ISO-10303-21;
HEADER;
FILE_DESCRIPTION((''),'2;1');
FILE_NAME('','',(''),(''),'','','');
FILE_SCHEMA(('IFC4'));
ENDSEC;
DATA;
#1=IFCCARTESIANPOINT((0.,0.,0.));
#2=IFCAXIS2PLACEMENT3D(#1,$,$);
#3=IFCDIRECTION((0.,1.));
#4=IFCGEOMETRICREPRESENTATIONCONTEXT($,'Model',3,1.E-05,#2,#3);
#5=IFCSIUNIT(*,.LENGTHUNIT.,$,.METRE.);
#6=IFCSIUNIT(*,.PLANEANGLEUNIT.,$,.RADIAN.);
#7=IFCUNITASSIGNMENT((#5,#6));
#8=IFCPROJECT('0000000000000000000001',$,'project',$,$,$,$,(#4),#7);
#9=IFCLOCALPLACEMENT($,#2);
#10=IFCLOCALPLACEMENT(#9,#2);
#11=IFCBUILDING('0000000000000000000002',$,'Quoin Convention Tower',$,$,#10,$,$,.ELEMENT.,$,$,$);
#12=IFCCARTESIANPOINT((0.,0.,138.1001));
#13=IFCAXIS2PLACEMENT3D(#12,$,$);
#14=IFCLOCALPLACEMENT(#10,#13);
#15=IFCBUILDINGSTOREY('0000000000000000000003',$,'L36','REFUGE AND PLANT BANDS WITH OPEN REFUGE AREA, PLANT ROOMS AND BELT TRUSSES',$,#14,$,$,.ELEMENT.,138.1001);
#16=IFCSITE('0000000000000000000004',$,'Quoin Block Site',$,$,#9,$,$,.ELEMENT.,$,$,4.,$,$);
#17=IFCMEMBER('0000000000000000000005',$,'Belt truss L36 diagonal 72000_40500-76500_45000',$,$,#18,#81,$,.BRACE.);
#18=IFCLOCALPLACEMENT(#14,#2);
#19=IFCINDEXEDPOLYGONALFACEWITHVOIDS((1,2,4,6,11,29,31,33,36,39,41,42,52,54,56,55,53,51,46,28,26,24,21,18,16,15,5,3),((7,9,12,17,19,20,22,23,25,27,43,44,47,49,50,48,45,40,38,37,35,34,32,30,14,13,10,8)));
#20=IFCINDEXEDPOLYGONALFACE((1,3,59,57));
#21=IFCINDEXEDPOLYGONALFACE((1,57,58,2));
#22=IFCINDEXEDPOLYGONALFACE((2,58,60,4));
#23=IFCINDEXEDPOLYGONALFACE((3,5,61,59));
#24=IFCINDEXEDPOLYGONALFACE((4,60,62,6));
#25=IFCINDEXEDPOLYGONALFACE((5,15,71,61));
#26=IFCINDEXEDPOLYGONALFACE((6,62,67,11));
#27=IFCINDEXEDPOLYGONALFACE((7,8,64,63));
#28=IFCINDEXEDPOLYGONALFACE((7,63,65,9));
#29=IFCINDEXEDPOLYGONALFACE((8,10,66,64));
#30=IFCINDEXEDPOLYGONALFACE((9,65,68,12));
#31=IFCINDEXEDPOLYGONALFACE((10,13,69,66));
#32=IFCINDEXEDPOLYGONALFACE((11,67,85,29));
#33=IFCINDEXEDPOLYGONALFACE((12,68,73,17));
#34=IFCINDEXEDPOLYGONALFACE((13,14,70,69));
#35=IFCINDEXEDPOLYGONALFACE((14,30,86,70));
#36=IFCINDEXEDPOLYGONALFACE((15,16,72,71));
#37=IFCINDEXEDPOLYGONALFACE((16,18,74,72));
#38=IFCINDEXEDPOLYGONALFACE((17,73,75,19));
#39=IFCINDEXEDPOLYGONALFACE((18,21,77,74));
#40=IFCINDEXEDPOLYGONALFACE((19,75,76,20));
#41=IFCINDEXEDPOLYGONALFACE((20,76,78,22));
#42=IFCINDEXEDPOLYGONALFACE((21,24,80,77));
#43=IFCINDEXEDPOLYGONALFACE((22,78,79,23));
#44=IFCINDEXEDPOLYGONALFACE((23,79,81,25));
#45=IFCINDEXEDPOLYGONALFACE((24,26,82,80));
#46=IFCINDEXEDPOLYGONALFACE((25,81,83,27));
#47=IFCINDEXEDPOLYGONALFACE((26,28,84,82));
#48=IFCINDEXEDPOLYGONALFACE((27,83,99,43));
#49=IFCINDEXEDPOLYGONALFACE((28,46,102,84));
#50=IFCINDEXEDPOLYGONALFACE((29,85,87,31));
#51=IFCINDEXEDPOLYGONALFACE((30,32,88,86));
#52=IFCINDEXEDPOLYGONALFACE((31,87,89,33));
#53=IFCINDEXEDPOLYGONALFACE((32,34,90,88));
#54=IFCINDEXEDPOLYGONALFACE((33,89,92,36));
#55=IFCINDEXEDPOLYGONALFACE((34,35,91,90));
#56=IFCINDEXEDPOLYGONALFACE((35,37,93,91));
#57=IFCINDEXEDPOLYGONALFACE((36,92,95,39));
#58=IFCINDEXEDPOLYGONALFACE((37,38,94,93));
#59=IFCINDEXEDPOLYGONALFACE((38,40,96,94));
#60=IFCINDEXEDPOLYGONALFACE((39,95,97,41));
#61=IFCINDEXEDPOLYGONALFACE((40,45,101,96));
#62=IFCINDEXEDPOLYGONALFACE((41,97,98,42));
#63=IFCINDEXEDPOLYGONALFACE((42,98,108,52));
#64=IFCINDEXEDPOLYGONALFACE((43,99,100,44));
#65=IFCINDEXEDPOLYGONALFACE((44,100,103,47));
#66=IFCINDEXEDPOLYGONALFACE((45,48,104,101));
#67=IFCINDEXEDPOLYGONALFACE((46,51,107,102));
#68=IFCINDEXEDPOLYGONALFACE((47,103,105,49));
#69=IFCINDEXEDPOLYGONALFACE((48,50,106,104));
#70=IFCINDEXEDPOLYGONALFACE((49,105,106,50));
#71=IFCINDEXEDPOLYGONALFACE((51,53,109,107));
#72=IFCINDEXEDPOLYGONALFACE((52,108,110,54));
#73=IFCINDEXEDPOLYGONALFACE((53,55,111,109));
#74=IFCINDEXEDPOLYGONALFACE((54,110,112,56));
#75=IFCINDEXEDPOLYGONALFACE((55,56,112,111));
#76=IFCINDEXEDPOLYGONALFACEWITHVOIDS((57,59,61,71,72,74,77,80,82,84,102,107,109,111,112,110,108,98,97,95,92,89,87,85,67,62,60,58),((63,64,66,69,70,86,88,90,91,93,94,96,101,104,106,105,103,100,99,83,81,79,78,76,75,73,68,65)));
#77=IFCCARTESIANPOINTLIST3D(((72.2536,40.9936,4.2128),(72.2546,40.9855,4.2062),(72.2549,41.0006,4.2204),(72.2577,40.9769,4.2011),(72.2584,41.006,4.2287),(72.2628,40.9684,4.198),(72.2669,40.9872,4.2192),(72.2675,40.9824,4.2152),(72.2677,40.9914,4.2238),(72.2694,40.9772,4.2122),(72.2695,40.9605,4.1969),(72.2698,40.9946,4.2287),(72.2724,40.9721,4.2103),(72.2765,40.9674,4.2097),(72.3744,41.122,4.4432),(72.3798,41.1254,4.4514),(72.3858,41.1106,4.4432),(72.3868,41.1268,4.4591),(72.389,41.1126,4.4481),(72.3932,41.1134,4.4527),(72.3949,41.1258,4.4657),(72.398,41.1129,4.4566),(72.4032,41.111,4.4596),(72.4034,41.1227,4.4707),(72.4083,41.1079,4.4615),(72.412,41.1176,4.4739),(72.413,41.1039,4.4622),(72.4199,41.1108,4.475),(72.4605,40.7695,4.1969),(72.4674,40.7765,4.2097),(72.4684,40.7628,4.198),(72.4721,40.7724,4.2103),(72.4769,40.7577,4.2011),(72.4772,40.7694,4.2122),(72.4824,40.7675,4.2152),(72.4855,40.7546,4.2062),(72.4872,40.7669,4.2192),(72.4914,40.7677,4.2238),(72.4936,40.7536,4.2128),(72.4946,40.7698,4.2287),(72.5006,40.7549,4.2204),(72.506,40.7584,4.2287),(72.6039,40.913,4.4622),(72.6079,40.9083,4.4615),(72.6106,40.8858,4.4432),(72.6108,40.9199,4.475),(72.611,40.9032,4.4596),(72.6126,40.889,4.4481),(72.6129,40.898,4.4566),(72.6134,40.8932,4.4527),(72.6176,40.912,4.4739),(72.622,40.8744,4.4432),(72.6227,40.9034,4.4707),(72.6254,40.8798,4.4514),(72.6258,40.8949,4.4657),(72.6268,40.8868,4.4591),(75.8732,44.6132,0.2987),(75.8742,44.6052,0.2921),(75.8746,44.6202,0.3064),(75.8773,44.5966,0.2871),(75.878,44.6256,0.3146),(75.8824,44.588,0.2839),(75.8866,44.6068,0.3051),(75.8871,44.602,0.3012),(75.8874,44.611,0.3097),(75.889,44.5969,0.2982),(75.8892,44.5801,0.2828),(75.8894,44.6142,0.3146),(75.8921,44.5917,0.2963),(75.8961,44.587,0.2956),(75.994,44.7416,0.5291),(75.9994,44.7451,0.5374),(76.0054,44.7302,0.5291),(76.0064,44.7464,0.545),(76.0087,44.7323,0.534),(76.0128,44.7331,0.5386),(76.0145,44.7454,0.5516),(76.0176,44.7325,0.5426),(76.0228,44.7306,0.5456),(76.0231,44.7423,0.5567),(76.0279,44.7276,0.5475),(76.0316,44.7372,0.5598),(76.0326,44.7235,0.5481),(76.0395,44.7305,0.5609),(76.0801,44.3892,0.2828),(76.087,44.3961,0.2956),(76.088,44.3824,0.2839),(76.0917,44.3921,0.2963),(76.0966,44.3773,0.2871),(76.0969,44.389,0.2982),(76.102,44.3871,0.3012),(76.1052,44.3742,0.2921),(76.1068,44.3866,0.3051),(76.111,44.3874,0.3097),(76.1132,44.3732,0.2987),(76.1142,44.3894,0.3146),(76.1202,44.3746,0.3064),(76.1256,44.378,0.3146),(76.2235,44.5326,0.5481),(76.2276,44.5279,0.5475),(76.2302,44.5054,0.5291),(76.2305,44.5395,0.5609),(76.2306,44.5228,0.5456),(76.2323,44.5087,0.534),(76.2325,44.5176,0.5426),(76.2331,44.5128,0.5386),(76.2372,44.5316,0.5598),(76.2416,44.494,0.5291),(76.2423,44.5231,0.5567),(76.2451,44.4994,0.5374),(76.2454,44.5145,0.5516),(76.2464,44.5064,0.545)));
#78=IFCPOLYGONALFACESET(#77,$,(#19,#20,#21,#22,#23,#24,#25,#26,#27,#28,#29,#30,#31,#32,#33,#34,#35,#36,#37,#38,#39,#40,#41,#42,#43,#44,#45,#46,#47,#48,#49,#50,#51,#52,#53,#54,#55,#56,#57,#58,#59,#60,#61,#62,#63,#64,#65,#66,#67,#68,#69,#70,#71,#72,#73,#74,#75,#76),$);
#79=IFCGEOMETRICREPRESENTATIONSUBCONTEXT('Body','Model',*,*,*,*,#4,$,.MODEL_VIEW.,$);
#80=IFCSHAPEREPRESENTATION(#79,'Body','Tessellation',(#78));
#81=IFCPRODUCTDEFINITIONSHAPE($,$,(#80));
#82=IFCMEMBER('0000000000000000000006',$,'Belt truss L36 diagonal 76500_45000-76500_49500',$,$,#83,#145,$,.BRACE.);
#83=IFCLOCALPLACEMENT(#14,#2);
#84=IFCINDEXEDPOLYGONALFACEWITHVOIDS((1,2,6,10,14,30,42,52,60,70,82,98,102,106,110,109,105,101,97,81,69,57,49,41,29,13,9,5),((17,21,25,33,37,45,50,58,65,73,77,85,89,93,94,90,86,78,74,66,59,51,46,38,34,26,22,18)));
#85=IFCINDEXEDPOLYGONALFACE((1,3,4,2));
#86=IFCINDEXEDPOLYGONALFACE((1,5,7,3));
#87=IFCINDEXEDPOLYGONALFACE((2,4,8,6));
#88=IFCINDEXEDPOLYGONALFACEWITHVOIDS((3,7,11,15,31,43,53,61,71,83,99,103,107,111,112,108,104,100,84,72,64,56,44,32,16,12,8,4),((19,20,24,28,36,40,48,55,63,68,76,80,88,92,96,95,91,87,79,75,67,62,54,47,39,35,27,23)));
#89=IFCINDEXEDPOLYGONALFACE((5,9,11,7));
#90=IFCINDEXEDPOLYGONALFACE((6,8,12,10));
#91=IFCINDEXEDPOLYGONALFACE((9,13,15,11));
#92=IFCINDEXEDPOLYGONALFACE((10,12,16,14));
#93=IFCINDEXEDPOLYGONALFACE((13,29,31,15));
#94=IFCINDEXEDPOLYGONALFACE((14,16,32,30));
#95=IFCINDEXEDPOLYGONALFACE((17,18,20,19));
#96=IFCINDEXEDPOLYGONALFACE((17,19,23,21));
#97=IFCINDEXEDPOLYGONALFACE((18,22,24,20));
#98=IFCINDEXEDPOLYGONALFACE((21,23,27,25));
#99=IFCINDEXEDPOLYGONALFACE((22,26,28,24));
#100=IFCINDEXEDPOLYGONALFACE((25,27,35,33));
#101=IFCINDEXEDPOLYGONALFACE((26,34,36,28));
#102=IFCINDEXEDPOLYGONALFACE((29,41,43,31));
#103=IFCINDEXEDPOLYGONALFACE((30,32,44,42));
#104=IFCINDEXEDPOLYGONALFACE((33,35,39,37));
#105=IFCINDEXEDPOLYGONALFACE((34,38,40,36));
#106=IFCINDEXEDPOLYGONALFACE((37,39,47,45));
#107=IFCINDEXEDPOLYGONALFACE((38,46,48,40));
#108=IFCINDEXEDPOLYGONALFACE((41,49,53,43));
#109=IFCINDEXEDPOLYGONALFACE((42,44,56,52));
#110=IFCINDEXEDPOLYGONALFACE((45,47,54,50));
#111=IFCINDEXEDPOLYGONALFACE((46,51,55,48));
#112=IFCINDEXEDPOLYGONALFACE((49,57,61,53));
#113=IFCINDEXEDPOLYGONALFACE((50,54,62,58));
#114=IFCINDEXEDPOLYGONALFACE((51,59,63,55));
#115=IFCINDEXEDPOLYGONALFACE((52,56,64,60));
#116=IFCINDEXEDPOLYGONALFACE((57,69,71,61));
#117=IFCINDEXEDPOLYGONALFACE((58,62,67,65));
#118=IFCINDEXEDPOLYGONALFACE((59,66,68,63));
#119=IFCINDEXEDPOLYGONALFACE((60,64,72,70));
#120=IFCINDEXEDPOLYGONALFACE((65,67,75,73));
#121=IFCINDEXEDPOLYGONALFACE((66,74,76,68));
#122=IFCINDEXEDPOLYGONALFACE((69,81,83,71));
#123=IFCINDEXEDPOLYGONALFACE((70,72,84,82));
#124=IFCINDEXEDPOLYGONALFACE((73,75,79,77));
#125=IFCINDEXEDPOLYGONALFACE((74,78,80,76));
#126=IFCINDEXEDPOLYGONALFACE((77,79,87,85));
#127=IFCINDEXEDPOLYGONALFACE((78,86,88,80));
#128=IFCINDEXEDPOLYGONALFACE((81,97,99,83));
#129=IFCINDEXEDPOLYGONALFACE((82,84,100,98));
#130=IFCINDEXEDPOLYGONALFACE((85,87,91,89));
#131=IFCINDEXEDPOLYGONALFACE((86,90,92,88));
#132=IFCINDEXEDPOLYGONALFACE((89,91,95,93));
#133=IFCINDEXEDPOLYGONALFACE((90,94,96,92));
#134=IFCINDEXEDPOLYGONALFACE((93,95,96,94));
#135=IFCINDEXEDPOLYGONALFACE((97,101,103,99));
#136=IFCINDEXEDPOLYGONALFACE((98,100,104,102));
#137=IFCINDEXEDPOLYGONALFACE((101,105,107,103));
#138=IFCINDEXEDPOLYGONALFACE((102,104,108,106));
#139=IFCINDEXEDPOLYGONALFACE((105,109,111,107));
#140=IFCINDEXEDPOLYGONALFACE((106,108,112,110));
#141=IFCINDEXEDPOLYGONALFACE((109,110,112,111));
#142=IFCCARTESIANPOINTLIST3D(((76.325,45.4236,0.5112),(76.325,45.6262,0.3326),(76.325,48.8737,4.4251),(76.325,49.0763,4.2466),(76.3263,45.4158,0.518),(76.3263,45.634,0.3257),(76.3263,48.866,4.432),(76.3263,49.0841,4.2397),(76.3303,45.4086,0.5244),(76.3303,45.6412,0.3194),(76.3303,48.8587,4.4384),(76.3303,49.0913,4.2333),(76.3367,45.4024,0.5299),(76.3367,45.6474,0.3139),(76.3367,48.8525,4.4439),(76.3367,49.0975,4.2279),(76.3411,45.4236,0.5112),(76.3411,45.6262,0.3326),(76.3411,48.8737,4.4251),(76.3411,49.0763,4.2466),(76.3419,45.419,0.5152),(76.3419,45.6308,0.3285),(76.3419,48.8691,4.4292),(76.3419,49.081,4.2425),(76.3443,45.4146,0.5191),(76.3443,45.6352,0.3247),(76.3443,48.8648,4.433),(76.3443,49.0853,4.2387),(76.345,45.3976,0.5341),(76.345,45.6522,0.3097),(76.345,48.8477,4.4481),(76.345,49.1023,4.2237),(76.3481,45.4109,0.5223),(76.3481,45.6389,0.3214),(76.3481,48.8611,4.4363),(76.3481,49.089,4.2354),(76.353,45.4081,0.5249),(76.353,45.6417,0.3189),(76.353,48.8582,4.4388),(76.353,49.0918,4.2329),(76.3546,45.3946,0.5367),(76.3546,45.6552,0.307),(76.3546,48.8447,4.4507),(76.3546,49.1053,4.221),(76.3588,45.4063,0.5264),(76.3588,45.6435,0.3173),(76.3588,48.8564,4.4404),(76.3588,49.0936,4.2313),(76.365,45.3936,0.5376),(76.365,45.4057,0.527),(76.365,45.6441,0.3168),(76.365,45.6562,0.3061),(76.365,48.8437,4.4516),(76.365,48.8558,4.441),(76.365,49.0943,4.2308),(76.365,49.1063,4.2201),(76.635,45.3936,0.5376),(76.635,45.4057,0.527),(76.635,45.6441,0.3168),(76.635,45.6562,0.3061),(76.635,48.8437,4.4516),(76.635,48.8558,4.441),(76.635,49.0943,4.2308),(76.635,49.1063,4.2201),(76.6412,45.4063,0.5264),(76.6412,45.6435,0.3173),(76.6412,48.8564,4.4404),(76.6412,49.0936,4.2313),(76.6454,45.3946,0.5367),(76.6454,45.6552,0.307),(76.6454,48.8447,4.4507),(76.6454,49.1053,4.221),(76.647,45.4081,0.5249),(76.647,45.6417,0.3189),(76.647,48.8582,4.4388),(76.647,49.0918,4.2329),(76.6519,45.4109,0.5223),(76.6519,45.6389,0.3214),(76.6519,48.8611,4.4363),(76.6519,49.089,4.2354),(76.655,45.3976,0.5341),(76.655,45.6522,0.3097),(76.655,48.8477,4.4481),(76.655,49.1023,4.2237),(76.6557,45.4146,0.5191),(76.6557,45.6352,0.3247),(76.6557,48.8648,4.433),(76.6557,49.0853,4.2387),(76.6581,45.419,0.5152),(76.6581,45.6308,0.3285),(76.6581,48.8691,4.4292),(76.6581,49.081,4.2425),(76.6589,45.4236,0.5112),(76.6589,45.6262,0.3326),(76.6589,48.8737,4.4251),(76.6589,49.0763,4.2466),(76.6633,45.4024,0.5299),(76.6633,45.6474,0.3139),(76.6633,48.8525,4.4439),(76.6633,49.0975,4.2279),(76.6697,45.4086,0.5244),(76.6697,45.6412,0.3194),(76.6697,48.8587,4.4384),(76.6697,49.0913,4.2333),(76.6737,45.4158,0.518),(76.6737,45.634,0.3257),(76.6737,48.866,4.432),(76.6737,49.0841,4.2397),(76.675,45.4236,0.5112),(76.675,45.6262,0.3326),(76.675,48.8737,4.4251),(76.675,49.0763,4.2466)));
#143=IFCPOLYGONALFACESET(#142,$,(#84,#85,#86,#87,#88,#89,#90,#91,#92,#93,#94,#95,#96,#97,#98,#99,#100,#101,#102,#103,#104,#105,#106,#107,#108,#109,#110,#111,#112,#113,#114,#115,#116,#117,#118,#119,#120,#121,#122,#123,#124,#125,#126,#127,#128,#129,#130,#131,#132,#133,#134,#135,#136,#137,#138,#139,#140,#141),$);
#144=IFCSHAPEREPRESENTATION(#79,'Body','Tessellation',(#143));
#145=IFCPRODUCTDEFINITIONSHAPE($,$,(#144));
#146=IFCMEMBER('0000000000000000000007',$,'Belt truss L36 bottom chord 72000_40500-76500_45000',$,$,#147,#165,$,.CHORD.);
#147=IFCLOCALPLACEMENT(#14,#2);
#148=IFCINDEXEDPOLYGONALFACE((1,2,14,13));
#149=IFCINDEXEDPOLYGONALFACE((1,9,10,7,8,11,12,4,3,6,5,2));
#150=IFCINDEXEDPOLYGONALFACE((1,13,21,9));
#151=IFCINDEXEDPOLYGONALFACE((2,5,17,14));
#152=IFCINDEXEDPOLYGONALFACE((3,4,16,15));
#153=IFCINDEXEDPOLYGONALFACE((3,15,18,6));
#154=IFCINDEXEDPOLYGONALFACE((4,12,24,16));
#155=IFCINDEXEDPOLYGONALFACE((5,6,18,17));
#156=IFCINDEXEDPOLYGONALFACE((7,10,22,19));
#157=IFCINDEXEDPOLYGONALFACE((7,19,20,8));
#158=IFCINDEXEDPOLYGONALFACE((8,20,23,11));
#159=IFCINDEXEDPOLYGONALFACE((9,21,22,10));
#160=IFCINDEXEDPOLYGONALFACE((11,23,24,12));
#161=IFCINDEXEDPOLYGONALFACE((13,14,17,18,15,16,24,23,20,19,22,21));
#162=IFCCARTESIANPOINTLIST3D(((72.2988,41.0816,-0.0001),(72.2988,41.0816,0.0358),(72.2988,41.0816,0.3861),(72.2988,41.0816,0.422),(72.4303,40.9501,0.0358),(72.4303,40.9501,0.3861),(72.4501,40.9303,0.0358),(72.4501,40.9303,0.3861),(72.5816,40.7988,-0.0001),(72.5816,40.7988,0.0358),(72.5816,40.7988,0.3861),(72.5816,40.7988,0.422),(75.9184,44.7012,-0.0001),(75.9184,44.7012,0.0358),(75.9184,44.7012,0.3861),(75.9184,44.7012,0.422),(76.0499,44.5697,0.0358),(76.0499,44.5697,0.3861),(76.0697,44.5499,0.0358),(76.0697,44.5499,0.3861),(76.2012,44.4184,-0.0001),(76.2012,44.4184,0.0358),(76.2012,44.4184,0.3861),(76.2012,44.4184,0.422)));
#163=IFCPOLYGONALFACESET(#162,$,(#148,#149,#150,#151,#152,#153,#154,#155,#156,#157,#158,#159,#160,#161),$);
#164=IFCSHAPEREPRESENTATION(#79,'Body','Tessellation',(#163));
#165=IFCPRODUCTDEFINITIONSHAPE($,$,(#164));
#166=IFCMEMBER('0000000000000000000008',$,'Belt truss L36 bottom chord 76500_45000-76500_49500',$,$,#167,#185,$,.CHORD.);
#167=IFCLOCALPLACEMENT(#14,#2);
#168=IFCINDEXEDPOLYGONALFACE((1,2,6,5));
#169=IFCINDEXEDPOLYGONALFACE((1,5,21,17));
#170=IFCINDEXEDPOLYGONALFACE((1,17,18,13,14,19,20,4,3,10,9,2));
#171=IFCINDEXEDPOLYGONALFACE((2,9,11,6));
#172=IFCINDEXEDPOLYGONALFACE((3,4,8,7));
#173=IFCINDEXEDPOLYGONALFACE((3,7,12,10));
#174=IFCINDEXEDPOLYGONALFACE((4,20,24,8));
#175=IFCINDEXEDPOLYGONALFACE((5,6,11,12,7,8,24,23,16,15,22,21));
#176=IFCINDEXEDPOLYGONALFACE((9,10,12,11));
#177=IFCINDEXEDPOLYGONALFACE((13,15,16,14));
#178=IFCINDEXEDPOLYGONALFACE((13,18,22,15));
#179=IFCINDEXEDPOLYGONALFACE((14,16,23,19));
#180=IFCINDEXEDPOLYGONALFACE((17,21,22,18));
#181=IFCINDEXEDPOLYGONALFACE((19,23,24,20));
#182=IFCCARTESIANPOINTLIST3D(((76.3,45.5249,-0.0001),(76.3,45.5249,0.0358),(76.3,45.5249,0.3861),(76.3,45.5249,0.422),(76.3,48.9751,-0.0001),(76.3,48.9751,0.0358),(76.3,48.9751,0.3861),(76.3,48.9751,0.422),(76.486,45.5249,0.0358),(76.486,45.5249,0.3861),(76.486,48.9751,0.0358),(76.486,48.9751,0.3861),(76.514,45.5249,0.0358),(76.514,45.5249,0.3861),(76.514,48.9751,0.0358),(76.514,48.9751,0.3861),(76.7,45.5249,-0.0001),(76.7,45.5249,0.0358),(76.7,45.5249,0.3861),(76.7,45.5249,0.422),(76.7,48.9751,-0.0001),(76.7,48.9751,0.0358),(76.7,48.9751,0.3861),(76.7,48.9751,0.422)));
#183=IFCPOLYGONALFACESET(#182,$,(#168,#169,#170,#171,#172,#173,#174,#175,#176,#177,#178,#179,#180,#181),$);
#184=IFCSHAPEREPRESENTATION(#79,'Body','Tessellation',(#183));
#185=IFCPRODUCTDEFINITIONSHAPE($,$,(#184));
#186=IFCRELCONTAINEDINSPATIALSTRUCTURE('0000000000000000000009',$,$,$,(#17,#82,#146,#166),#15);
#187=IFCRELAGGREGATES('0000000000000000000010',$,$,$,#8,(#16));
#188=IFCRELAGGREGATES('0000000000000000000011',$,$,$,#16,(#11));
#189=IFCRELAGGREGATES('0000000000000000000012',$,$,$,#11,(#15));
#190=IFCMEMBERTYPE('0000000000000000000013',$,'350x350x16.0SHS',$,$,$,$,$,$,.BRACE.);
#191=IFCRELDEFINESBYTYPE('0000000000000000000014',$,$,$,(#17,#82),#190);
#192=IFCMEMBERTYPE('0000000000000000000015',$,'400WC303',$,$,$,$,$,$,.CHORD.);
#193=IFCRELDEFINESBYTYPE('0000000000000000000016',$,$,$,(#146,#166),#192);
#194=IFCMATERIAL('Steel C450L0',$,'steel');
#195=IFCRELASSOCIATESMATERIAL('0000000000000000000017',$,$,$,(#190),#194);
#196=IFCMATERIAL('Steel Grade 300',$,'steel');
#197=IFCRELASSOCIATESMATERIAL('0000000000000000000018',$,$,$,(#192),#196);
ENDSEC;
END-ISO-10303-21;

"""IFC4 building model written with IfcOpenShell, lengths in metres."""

from ifc_helpers import new_model, si_unit, direction, frame, origin, origin_2d, place, context, subcontext, project, spatial, hollow_rectangle, i_section, extrude, material, material_profile, profile_set, type_object, element, save


model = new_model("IFC4")

# Units and contexts
model_context = context("Model", 3, precision=1e-05, world=origin(), true_north=direction((0.0, 1.0)))
body_context = subcontext(model_context, "Body", "Model", "MODEL_VIEW")
ifc_project = project(units=[si_unit("LENGTHUNIT", "METRE"), si_unit("PLANEANGLEUNIT", "RADIAN")], contexts=[model_context])

# Site, building, storey
site_placement = place(None, origin())
site = spatial("IfcSite", under=ifc_project, at=site_placement, Name="Quoin Block Site", CompositionType="ELEMENT", RefElevation=4.0)
building_placement = place(site_placement, origin())
building = spatial("IfcBuilding", under=site, at=building_placement, Name="Quoin Convention Tower", CompositionType="ELEMENT")
storey_placement = place(building_placement, frame((0.0, 0.0, 138.1001)))
storey = spatial("IfcBuildingStorey", under=building, at=storey_placement, Name="L36", Description="REFUGE AND PLANT BANDS WITH OPEN REFUGE AREA, PLANT ROOMS AND BELT TRUSSES", CompositionType="ELEMENT", Elevation=138.1001)

# Shared definitions
ifc_material_1 = material(Name="Steel C450L0", Category="steel")

# Members
ifc_material_profile_1 = material_profile(ifc_material_1, hollow_rectangle(XDim=0.3501, YDim=0.3501, WallThickness=0.0161, InnerFilletRadius=0.0239, OuterFilletRadius=0.04, at=origin_2d()), Name="350x350x16.0SHS")
ifc_profile_set_1 = profile_set([ifc_material_profile_1], Name="Steel C450L0")
member_type_1 = type_object("IfcMemberType", Name="350x350x16.0SHS", PredefinedType="BRACE", material=ifc_profile_set_1)
member_1_placement = place(storey_placement, frame((76.0598, 44.5598, 0.4219), z_axis=(-0.561718, -0.561718, 0.60741), x_axis=(0.707107, -0.707107, 0.0)))
element("IfcMember", 1, at=member_1_placement, inside=storey, type_object=member_type_1, Name="Belt truss L36 diagonal 72000_40500-76500_45000", PredefinedType="BRACE", context=body_context, shape_type="SweptSolid", body=[
    extrude(hollow_rectangle(XDim=0.3501, YDim=0.3501, WallThickness=0.0161, InnerFilletRadius=0.0239, OuterFilletRadius=0.04, at=origin_2d()), origin(), (0.0, 0.0, 1.0), 6.4438),
])
member_2_placement = place(storey_placement, frame((76.5, 45.5249, 0.4219), z_axis=(0.0, 0.661256, 0.75016), x_axis=(-1.0, 0.0, 0.0)))
element("IfcMember", 2, at=member_2_placement, inside=storey, type_object=member_type_1, Name="Belt truss L36 diagonal 76500_45000-76500_49500", PredefinedType="BRACE", context=body_context, shape_type="SweptSolid", body=[
    extrude(hollow_rectangle(XDim=0.3501, YDim=0.3501, WallThickness=0.0161, InnerFilletRadius=0.0239, OuterFilletRadius=0.04, at=origin_2d()), origin(), (0.0, 0.0, 1.0), 5.2175),
])
ifc_material_2 = material(Name="Steel Grade 300", Category="steel")
ifc_material_profile_2 = material_profile(ifc_material_2, i_section(OverallWidth=0.3999, OverallDepth=0.4221, WebThickness=0.0281, FlangeThickness=0.0359, at=origin_2d()), Name="400WC303")
ifc_profile_set_2 = profile_set([ifc_material_profile_2], Name="Steel Grade 300")
member_type_2 = type_object("IfcMemberType", Name="400WC303", PredefinedType="CHORD", material=ifc_profile_set_2)
member_3_placement = place(storey_placement, frame((72.4402, 40.9402, 0.2109), z_axis=(0.707107, 0.707107, 0.0), x_axis=(-0.707107, 0.707107, 0.0)))
element("IfcMember", 3, at=member_3_placement, inside=storey, type_object=member_type_2, Name="Belt truss L36 bottom chord 72000_40500-76500_45000", PredefinedType="CHORD", context=body_context, shape_type="SweptSolid", body=[
    extrude(i_section(OverallWidth=0.3999, OverallDepth=0.4221, WebThickness=0.0281, FlangeThickness=0.0359, at=origin_2d()), origin(), (0.0, 0.0, 1.0), 5.1189),
])
member_4_placement = place(storey_placement, frame((76.5, 45.5249, 0.2109), z_axis=(0.0, 1.0, 0.0), x_axis=(-1.0, 0.0, 0.0)))
element("IfcMember", 4, at=member_4_placement, inside=storey, type_object=member_type_2, Name="Belt truss L36 bottom chord 76500_45000-76500_49500", PredefinedType="CHORD", context=body_context, shape_type="SweptSolid", body=[
    extrude(i_section(OverallWidth=0.3999, OverallDepth=0.4221, WebThickness=0.0281, FlangeThickness=0.0359, at=origin_2d()), origin(), (0.0, 0.0, 1.0), 3.4502),
])

save(model, "model.ifc")
